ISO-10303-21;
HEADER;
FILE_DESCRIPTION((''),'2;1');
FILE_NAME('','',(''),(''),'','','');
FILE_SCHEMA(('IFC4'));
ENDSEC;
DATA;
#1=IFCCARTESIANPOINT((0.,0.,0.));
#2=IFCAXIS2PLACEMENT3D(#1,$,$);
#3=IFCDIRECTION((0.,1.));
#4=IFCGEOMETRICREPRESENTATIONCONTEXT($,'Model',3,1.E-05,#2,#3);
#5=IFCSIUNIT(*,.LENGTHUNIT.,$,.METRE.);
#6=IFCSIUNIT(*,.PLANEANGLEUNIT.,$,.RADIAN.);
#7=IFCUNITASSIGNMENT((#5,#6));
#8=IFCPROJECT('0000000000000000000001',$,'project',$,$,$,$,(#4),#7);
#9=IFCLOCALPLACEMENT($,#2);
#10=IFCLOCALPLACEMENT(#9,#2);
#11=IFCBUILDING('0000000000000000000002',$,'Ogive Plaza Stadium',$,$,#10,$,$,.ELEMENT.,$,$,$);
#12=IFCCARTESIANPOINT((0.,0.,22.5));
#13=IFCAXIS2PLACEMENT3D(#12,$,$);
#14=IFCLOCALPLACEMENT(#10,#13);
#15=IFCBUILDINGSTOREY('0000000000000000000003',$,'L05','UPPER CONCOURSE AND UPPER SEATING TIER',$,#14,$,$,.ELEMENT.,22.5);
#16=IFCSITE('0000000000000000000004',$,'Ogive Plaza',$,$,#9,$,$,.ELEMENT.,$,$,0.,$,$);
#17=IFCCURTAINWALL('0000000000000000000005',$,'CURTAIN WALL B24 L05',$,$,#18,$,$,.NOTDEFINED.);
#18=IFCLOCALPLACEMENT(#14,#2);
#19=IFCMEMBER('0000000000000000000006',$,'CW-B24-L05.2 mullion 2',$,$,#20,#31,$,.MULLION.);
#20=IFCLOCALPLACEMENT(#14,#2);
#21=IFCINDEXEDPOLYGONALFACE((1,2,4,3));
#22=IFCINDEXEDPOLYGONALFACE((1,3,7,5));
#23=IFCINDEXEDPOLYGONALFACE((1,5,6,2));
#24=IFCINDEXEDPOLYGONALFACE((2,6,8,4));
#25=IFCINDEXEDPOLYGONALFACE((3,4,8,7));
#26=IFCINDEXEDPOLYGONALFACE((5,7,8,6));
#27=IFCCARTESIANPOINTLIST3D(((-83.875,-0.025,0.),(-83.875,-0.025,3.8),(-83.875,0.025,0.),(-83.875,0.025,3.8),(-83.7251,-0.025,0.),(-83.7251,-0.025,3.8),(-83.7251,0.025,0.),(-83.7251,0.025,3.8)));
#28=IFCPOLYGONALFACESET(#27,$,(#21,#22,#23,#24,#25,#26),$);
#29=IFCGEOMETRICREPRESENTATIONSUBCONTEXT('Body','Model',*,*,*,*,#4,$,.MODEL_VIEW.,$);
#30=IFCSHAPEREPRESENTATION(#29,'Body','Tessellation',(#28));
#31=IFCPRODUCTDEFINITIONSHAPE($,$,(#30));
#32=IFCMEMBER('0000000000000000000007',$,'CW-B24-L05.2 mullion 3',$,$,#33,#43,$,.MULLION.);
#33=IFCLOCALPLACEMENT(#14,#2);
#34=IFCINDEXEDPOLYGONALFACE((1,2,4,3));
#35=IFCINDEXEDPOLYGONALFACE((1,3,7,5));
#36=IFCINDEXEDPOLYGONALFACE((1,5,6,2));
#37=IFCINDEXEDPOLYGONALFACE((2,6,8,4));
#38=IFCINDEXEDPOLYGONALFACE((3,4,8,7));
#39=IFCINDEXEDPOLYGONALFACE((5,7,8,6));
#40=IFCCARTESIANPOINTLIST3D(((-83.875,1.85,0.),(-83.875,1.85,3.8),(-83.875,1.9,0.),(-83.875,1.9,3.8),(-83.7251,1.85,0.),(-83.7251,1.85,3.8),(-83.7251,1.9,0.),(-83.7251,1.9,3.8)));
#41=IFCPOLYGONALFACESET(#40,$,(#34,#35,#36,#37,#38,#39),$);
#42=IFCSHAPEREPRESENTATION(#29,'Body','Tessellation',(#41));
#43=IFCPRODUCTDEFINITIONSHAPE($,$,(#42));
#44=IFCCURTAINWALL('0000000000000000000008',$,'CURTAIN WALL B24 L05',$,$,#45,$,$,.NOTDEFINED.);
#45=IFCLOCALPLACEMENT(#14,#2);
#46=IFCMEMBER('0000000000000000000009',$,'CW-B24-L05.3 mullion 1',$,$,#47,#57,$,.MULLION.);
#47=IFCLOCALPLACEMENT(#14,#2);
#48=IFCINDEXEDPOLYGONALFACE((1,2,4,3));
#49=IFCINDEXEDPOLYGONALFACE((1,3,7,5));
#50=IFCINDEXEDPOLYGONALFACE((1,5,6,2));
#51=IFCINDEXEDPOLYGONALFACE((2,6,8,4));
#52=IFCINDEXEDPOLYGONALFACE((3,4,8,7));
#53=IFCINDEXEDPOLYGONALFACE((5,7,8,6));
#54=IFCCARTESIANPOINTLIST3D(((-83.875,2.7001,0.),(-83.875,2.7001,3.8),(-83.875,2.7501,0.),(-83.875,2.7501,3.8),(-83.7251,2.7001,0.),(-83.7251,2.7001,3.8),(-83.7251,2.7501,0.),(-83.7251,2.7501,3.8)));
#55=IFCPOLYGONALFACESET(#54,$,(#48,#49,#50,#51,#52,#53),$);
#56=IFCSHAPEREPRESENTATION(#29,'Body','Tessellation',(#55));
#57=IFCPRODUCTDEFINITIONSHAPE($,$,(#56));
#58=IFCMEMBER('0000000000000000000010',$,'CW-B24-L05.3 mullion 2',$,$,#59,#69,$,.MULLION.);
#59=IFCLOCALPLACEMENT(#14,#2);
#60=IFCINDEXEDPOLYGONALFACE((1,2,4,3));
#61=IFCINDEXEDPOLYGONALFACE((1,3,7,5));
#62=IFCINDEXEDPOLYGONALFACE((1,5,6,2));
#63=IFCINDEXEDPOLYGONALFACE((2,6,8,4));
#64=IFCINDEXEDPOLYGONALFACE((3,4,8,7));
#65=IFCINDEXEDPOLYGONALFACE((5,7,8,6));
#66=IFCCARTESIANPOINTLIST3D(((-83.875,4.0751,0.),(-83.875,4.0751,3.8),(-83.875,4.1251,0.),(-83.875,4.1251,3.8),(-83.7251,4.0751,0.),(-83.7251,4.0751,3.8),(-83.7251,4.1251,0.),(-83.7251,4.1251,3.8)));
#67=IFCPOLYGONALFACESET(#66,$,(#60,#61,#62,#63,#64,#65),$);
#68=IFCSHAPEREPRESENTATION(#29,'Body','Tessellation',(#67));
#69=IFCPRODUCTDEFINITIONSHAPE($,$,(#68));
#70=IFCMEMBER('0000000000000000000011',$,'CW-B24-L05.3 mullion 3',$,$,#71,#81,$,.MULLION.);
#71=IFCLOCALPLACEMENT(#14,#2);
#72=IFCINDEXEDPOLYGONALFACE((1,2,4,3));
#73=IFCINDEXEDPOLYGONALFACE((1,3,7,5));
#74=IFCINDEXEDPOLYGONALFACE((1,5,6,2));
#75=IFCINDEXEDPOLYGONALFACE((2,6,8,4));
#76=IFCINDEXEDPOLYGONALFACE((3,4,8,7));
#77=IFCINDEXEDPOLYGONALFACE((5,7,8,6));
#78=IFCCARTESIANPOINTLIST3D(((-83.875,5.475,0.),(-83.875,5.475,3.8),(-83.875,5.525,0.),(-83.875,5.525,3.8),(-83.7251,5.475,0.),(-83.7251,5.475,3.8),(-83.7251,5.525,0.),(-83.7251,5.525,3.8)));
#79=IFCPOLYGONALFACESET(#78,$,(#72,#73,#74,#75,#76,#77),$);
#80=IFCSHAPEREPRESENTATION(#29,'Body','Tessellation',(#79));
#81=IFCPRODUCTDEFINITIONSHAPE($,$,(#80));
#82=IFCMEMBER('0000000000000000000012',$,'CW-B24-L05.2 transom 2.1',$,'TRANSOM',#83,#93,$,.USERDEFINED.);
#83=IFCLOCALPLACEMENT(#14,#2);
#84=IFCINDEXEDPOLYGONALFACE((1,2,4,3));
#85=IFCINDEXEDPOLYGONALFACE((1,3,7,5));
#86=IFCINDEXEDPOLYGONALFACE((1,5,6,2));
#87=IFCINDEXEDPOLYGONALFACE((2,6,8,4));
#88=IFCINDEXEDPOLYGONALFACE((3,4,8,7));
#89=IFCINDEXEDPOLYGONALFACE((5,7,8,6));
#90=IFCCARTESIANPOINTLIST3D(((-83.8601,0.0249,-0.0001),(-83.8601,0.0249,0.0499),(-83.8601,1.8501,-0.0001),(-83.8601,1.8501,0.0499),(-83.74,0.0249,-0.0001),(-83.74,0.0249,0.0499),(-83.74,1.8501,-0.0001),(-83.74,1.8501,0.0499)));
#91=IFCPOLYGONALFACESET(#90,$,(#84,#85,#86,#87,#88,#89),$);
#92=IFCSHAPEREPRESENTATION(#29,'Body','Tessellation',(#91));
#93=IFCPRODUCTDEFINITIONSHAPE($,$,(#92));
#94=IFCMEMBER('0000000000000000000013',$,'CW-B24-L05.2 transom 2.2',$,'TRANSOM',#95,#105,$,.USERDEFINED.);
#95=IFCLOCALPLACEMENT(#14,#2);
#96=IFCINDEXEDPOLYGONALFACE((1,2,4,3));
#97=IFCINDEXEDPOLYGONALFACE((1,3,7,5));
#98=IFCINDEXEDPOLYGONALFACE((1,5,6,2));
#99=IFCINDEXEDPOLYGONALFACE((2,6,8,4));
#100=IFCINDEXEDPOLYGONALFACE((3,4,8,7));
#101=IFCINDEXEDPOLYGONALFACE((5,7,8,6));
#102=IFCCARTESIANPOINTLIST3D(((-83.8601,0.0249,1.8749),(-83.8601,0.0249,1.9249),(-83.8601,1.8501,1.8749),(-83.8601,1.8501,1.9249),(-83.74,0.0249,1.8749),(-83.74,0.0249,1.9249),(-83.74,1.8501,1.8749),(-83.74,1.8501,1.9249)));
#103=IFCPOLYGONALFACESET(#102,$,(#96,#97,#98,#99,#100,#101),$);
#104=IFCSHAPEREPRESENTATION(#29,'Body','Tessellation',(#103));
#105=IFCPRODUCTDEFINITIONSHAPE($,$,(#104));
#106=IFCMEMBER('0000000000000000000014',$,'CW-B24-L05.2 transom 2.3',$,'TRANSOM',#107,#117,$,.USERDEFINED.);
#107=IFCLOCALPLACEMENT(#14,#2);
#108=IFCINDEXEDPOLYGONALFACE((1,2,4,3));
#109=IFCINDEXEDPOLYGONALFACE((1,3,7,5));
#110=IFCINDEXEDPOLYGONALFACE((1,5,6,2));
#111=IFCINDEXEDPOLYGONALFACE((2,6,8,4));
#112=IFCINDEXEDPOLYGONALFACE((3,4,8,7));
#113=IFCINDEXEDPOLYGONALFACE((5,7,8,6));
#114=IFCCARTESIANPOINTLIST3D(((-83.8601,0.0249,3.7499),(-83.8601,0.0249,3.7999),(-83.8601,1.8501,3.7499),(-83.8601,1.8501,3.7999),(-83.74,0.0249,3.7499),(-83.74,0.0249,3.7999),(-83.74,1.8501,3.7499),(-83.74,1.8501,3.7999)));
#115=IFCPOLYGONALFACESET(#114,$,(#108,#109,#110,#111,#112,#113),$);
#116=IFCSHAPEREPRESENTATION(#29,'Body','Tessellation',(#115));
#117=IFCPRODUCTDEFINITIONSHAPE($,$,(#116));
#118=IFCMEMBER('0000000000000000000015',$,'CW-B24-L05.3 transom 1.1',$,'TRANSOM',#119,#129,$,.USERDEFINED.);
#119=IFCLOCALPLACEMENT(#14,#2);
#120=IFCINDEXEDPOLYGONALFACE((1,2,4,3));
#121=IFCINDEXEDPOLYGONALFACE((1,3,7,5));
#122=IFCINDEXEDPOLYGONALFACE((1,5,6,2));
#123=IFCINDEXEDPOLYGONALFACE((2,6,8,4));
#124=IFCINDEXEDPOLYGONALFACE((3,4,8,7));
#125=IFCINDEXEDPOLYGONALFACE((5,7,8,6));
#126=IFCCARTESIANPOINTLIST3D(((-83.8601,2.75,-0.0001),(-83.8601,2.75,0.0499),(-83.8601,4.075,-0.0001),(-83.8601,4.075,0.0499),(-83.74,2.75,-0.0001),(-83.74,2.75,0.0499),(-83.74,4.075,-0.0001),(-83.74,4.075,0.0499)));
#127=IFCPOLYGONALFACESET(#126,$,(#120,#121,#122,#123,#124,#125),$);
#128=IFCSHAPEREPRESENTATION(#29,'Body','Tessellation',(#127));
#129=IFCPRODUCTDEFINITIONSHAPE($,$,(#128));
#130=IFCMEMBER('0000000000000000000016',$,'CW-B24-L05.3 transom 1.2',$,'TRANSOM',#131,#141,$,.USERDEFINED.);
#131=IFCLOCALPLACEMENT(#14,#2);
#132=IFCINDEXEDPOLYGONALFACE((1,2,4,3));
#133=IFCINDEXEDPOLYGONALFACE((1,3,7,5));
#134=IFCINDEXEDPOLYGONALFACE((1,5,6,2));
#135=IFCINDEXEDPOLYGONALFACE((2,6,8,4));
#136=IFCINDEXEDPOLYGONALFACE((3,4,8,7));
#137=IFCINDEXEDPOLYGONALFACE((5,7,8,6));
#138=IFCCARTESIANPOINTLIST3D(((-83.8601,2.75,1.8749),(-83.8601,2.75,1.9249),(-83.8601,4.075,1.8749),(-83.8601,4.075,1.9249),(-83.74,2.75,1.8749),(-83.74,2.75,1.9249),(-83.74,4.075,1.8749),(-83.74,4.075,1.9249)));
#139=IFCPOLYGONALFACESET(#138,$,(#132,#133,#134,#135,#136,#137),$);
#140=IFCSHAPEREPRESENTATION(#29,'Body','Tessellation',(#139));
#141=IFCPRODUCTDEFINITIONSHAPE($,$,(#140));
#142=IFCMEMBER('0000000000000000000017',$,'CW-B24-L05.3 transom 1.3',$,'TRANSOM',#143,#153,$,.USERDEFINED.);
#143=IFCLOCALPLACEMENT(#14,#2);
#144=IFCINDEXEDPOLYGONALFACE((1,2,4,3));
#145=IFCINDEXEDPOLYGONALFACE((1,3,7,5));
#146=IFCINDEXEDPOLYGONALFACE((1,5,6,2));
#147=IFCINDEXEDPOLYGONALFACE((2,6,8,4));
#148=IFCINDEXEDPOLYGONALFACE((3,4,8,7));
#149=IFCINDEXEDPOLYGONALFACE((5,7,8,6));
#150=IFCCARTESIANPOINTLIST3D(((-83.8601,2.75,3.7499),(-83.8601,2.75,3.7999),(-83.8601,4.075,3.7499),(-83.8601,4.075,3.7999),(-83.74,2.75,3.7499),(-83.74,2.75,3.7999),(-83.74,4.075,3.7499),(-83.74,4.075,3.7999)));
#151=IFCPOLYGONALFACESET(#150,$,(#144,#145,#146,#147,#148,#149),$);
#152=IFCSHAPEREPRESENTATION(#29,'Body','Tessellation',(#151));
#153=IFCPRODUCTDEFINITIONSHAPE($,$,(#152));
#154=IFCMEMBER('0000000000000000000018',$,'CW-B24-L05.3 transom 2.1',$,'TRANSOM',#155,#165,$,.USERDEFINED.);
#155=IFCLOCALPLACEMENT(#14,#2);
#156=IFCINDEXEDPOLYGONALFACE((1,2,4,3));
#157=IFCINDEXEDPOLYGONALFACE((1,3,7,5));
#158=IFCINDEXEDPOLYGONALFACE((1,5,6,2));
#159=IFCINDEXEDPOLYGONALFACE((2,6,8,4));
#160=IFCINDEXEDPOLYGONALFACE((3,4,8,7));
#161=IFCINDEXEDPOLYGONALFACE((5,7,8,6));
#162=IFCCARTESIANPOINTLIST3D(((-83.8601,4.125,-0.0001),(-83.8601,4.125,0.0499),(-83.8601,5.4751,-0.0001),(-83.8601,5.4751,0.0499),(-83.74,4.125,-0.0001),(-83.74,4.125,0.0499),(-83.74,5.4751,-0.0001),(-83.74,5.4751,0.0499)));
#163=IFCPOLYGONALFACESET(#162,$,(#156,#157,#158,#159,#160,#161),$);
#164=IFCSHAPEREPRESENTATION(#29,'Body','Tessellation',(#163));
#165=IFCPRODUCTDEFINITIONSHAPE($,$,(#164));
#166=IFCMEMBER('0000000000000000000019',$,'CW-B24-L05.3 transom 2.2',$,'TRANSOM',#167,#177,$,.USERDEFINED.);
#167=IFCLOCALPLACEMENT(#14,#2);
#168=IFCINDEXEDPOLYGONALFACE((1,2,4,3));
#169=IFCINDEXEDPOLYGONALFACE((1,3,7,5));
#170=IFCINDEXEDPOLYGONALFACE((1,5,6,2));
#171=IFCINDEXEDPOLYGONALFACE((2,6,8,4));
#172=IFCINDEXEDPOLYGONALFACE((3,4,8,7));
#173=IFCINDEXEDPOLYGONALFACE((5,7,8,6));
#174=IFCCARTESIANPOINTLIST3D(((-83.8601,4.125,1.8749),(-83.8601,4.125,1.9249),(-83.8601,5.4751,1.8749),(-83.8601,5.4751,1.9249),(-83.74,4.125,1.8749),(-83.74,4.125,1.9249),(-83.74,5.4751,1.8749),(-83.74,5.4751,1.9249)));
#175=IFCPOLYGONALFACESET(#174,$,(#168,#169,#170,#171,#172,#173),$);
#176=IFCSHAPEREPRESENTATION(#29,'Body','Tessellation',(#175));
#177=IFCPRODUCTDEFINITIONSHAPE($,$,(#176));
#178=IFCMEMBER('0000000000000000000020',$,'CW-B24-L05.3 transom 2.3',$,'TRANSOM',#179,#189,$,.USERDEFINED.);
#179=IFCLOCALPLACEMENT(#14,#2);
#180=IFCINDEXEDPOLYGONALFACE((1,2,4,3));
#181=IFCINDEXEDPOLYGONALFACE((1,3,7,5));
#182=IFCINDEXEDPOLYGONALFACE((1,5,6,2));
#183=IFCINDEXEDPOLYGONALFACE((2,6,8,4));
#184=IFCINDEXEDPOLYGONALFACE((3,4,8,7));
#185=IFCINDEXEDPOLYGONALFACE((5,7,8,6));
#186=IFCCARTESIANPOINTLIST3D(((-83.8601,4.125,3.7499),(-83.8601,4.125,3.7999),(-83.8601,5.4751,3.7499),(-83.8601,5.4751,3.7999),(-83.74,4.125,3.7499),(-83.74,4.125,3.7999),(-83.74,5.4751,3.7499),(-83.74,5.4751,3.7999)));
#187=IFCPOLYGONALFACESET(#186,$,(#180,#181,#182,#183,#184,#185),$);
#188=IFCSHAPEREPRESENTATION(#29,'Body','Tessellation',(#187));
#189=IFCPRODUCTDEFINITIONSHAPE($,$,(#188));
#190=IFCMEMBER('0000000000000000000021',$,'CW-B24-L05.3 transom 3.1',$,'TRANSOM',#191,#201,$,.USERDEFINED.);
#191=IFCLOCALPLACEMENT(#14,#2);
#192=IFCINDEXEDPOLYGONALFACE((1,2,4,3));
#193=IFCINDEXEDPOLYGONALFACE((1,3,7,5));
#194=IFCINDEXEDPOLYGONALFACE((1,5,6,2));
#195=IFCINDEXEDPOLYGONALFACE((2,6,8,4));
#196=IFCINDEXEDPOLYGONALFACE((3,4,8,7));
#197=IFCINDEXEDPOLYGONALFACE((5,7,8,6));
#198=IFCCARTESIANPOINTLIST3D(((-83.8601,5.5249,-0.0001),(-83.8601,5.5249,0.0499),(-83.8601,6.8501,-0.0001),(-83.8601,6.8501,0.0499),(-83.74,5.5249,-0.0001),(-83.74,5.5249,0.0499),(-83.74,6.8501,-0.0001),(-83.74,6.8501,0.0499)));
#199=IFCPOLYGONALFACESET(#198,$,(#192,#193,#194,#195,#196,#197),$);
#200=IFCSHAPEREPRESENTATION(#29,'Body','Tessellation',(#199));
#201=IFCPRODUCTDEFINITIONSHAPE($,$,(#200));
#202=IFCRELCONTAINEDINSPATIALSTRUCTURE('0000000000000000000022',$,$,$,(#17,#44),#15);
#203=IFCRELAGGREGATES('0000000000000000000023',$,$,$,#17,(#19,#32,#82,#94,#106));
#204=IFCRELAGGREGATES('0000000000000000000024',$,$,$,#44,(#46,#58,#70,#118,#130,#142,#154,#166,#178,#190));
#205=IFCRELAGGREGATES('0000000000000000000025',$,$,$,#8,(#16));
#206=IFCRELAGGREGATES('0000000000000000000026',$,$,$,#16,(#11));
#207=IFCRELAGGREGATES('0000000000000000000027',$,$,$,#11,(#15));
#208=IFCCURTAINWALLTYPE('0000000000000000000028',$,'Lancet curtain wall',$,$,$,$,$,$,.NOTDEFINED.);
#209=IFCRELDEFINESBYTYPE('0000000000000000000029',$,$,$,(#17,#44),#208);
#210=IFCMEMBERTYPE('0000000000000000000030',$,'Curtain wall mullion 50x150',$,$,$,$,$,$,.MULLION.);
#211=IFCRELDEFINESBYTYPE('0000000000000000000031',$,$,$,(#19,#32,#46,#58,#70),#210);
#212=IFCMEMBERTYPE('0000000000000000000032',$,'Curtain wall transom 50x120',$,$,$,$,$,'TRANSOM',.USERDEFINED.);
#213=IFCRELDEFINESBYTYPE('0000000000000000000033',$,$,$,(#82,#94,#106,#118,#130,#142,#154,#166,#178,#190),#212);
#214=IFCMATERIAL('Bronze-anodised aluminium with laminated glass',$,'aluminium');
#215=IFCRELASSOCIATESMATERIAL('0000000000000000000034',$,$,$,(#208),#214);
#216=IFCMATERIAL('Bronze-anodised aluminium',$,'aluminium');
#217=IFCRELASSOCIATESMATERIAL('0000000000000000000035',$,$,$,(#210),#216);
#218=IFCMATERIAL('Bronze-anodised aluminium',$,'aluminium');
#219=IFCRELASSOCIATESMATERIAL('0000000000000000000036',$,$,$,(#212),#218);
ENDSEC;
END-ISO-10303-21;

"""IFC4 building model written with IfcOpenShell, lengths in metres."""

from ifc_helpers import new_model, si_unit, direction, frame, origin, origin_2d, place, context, subcontext, project, spatial, rectangle, extrude, material, material_profile, profile_set, type_object, element, aggregate, save


model = new_model("IFC4")

# Units and contexts
model_context = context("Model", 3, precision=1e-05, world=origin(), true_north=direction((0.0, 1.0)))
body_context = subcontext(model_context, "Body", "Model", "MODEL_VIEW")
ifc_project = project(units=[si_unit("LENGTHUNIT", "METRE"), si_unit("PLANEANGLEUNIT", "RADIAN")], contexts=[model_context])

# Site, building, storey
site_placement = place(None, origin())
site = spatial("IfcSite", under=ifc_project, at=site_placement, Name="Ogive Plaza", CompositionType="ELEMENT", RefElevation=0.0)
building_placement = place(site_placement, origin())
building = spatial("IfcBuilding", under=site, at=building_placement, Name="Ogive Plaza Stadium", CompositionType="ELEMENT")
storey_placement = place(building_placement, frame((0.0, 0.0, 22.5)))
storey = spatial("IfcBuildingStorey", under=building, at=storey_placement, Name="L05", Description="UPPER CONCOURSE AND UPPER SEATING TIER", CompositionType="ELEMENT", Elevation=22.5)

# Curtain walls, members
ifc_material_1 = material(Name="Bronze-anodised aluminium with laminated glass", Category="aluminium")
curtain_wall_type = type_object("IfcCurtainWallType", Name="Lancet curtain wall", PredefinedType="NOTDEFINED", material=ifc_material_1)
curtain_wall_1_placement = place(storey_placement, origin())
curtain_wall_1 = element("IfcCurtainWall", 1, at=curtain_wall_1_placement, inside=storey, type_object=curtain_wall_type, Name="CURTAIN WALL B24 L05", PredefinedType="NOTDEFINED")
ifc_material_2 = material(Name="Bronze-anodised aluminium", Category="aluminium")
ifc_material_profile_1 = material_profile(ifc_material_2, rectangle(XDim=0.1499, YDim=0.05, at=origin_2d()), Name="AL 150x50")
ifc_profile_set_1 = profile_set([ifc_material_profile_1], Name="Bronze-anodised aluminium")
member_type_1 = type_object("IfcMemberType", Name="Curtain wall mullion 50x150", PredefinedType="MULLION", material=ifc_profile_set_1)
member_1_placement = place(storey_placement, frame((-83.8, 0.0, 0.0), z_axis=(0.0, 0.0, 1.0), x_axis=(-1.0, 0.0, 0.0)))
member_1 = element("IfcMember", 2, at=member_1_placement, type_object=member_type_1, Name="CW-B24-L05.2 mullion 2", PredefinedType="MULLION", context=body_context, shape_type="SweptSolid", body=[
    extrude(rectangle(XDim=0.1499, YDim=0.05, at=origin_2d()), origin(), (0.0, 0.0, 1.0), 3.8),
])
member_2_placement = place(storey_placement, frame((-83.8, 1.875, 0.0), z_axis=(0.0, 0.0, 1.0), x_axis=(-1.0, 0.0, 0.0)))
member_2 = element("IfcMember", 3, at=member_2_placement, type_object=member_type_1, Name="CW-B24-L05.2 mullion 3", PredefinedType="MULLION", context=body_context, shape_type="SweptSolid", body=[
    extrude(rectangle(XDim=0.1499, YDim=0.05, at=origin_2d()), origin(), (0.0, 0.0, 1.0), 3.8),
])
curtain_wall_2_placement = place(storey_placement, origin())
curtain_wall_2 = element("IfcCurtainWall", 4, at=curtain_wall_2_placement, inside=storey, type_object=curtain_wall_type, Name="CURTAIN WALL B24 L05", PredefinedType="NOTDEFINED")
member_3_placement = place(storey_placement, frame((-83.8, 2.7251, 0.0), z_axis=(0.0, 0.0, 1.0), x_axis=(-1.0, 0.0, 0.0)))
member_3 = element("IfcMember", 5, at=member_3_placement, type_object=member_type_1, Name="CW-B24-L05.3 mullion 1", PredefinedType="MULLION", context=body_context, shape_type="SweptSolid", body=[
    extrude(rectangle(XDim=0.1499, YDim=0.05, at=origin_2d()), origin(), (0.0, 0.0, 1.0), 3.8),
])
member_4_placement = place(storey_placement, frame((-83.8, 4.1001, 0.0), z_axis=(0.0, 0.0, 1.0), x_axis=(-1.0, 0.0, 0.0)))
member_4 = element("IfcMember", 6, at=member_4_placement, type_object=member_type_1, Name="CW-B24-L05.3 mullion 2", PredefinedType="MULLION", context=body_context, shape_type="SweptSolid", body=[
    extrude(rectangle(XDim=0.1499, YDim=0.05, at=origin_2d()), origin(), (0.0, 0.0, 1.0), 3.8),
])
member_5_placement = place(storey_placement, frame((-83.8, 5.5, 0.0), z_axis=(0.0, 0.0, 1.0), x_axis=(-1.0, 0.0, 0.0)))
member_5 = element("IfcMember", 7, at=member_5_placement, type_object=member_type_1, Name="CW-B24-L05.3 mullion 3", PredefinedType="MULLION", context=body_context, shape_type="SweptSolid", body=[
    extrude(rectangle(XDim=0.1499, YDim=0.05, at=origin_2d()), origin(), (0.0, 0.0, 1.0), 3.8),
])

# Members
ifc_material_3 = material(Name="Bronze-anodised aluminium", Category="aluminium")
ifc_material_profile_2 = material_profile(ifc_material_3, rectangle(XDim=0.1201, YDim=0.05, at=origin_2d()), Name="AL 120x50")
ifc_profile_set_2 = profile_set([ifc_material_profile_2], Name="Bronze-anodised aluminium")
member_type_2 = type_object("IfcMemberType", Name="Curtain wall transom 50x120", ElementType="TRANSOM", PredefinedType="USERDEFINED", material=ifc_profile_set_2)
member_6_placement = place(storey_placement, frame((-83.8, 0.0249, 0.0249), z_axis=(0.0, 1.0, 0.0), x_axis=(-1.0, 0.0, 0.0)))
member_6 = element("IfcMember", 8, at=member_6_placement, type_object=member_type_2, Name="CW-B24-L05.2 transom 2.1", ObjectType="TRANSOM", PredefinedType="USERDEFINED", context=body_context, shape_type="SweptSolid", body=[
    extrude(rectangle(XDim=0.1201, YDim=0.05, at=origin_2d()), origin(), (0.0, 0.0, 1.0), 1.8252),
])
member_7_placement = place(storey_placement, frame((-83.8, 0.0249, 1.8999), z_axis=(0.0, 1.0, 0.0), x_axis=(-1.0, 0.0, 0.0)))
member_7 = element("IfcMember", 9, at=member_7_placement, type_object=member_type_2, Name="CW-B24-L05.2 transom 2.2", ObjectType="TRANSOM", PredefinedType="USERDEFINED", context=body_context, shape_type="SweptSolid", body=[
    extrude(rectangle(XDim=0.1201, YDim=0.05, at=origin_2d()), origin(), (0.0, 0.0, 1.0), 1.8252),
])
member_8_placement = place(storey_placement, frame((-83.8, 0.0249, 3.7749), z_axis=(0.0, 1.0, 0.0), x_axis=(-1.0, 0.0, 0.0)))
member_8 = element("IfcMember", 10, at=member_8_placement, type_object=member_type_2, Name="CW-B24-L05.2 transom 2.3", ObjectType="TRANSOM", PredefinedType="USERDEFINED", context=body_context, shape_type="SweptSolid", body=[
    extrude(rectangle(XDim=0.1201, YDim=0.05, at=origin_2d()), origin(), (0.0, 0.0, 1.0), 1.8252),
])
member_9_placement = place(storey_placement, frame((-83.8, 2.75, 0.0249), z_axis=(0.0, 1.0, 0.0), x_axis=(-1.0, 0.0, 0.0)))
member_9 = element("IfcMember", 11, at=member_9_placement, type_object=member_type_2, Name="CW-B24-L05.3 transom 1.1", ObjectType="TRANSOM", PredefinedType="USERDEFINED", context=body_context, shape_type="SweptSolid", body=[
    extrude(rectangle(XDim=0.1201, YDim=0.05, at=origin_2d()), origin(), (0.0, 0.0, 1.0), 1.325),
])
member_10_placement = place(storey_placement, frame((-83.8, 2.75, 1.8999), z_axis=(0.0, 1.0, 0.0), x_axis=(-1.0, 0.0, 0.0)))
member_10 = element("IfcMember", 12, at=member_10_placement, type_object=member_type_2, Name="CW-B24-L05.3 transom 1.2", ObjectType="TRANSOM", PredefinedType="USERDEFINED", context=body_context, shape_type="SweptSolid", body=[
    extrude(rectangle(XDim=0.1201, YDim=0.05, at=origin_2d()), origin(), (0.0, 0.0, 1.0), 1.325),
])
member_11_placement = place(storey_placement, frame((-83.8, 2.75, 3.7749), z_axis=(0.0, 1.0, 0.0), x_axis=(-1.0, 0.0, 0.0)))
member_11 = element("IfcMember", 13, at=member_11_placement, type_object=member_type_2, Name="CW-B24-L05.3 transom 1.3", ObjectType="TRANSOM", PredefinedType="USERDEFINED", context=body_context, shape_type="SweptSolid", body=[
    extrude(rectangle(XDim=0.1201, YDim=0.05, at=origin_2d()), origin(), (0.0, 0.0, 1.0), 1.325),
])
member_12_placement = place(storey_placement, frame((-83.8, 4.125, 0.0249), z_axis=(0.0, 1.0, 0.0), x_axis=(-1.0, 0.0, 0.0)))
member_12 = element("IfcMember", 14, at=member_12_placement, type_object=member_type_2, Name="CW-B24-L05.3 transom 2.1", ObjectType="TRANSOM", PredefinedType="USERDEFINED", context=body_context, shape_type="SweptSolid", body=[
    extrude(rectangle(XDim=0.1201, YDim=0.05, at=origin_2d()), origin(), (0.0, 0.0, 1.0), 1.3501),
])
member_13_placement = place(storey_placement, frame((-83.8, 4.125, 1.8999), z_axis=(0.0, 1.0, 0.0), x_axis=(-1.0, 0.0, 0.0)))
member_13 = element("IfcMember", 15, at=member_13_placement, type_object=member_type_2, Name="CW-B24-L05.3 transom 2.2", ObjectType="TRANSOM", PredefinedType="USERDEFINED", context=body_context, shape_type="SweptSolid", body=[
    extrude(rectangle(XDim=0.1201, YDim=0.05, at=origin_2d()), origin(), (0.0, 0.0, 1.0), 1.3501),
])
member_14_placement = place(storey_placement, frame((-83.8, 4.125, 3.7749), z_axis=(0.0, 1.0, 0.0), x_axis=(-1.0, 0.0, 0.0)))
member_14 = element("IfcMember", 16, at=member_14_placement, type_object=member_type_2, Name="CW-B24-L05.3 transom 2.3", ObjectType="TRANSOM", PredefinedType="USERDEFINED", context=body_context, shape_type="SweptSolid", body=[
    extrude(rectangle(XDim=0.1201, YDim=0.05, at=origin_2d()), origin(), (0.0, 0.0, 1.0), 1.3501),
])
member_15_placement = place(storey_placement, frame((-83.8, 5.5249, 0.0249), z_axis=(0.0, 1.0, 0.0), x_axis=(-1.0, 0.0, 0.0)))
member_15 = element("IfcMember", 17, at=member_15_placement, type_object=member_type_2, Name="CW-B24-L05.3 transom 3.1", ObjectType="TRANSOM", PredefinedType="USERDEFINED", context=body_context, shape_type="SweptSolid", body=[
    extrude(rectangle(XDim=0.1201, YDim=0.05, at=origin_2d()), origin(), (0.0, 0.0, 1.0), 1.3252),
])

aggregate(curtain_wall_1, [member_1, member_2, member_6, member_7, member_8])
aggregate(curtain_wall_2, [member_3, member_4, member_5, member_9, member_10, member_11, member_12, member_13, member_14, member_15])

save(model, "model.ifc")
